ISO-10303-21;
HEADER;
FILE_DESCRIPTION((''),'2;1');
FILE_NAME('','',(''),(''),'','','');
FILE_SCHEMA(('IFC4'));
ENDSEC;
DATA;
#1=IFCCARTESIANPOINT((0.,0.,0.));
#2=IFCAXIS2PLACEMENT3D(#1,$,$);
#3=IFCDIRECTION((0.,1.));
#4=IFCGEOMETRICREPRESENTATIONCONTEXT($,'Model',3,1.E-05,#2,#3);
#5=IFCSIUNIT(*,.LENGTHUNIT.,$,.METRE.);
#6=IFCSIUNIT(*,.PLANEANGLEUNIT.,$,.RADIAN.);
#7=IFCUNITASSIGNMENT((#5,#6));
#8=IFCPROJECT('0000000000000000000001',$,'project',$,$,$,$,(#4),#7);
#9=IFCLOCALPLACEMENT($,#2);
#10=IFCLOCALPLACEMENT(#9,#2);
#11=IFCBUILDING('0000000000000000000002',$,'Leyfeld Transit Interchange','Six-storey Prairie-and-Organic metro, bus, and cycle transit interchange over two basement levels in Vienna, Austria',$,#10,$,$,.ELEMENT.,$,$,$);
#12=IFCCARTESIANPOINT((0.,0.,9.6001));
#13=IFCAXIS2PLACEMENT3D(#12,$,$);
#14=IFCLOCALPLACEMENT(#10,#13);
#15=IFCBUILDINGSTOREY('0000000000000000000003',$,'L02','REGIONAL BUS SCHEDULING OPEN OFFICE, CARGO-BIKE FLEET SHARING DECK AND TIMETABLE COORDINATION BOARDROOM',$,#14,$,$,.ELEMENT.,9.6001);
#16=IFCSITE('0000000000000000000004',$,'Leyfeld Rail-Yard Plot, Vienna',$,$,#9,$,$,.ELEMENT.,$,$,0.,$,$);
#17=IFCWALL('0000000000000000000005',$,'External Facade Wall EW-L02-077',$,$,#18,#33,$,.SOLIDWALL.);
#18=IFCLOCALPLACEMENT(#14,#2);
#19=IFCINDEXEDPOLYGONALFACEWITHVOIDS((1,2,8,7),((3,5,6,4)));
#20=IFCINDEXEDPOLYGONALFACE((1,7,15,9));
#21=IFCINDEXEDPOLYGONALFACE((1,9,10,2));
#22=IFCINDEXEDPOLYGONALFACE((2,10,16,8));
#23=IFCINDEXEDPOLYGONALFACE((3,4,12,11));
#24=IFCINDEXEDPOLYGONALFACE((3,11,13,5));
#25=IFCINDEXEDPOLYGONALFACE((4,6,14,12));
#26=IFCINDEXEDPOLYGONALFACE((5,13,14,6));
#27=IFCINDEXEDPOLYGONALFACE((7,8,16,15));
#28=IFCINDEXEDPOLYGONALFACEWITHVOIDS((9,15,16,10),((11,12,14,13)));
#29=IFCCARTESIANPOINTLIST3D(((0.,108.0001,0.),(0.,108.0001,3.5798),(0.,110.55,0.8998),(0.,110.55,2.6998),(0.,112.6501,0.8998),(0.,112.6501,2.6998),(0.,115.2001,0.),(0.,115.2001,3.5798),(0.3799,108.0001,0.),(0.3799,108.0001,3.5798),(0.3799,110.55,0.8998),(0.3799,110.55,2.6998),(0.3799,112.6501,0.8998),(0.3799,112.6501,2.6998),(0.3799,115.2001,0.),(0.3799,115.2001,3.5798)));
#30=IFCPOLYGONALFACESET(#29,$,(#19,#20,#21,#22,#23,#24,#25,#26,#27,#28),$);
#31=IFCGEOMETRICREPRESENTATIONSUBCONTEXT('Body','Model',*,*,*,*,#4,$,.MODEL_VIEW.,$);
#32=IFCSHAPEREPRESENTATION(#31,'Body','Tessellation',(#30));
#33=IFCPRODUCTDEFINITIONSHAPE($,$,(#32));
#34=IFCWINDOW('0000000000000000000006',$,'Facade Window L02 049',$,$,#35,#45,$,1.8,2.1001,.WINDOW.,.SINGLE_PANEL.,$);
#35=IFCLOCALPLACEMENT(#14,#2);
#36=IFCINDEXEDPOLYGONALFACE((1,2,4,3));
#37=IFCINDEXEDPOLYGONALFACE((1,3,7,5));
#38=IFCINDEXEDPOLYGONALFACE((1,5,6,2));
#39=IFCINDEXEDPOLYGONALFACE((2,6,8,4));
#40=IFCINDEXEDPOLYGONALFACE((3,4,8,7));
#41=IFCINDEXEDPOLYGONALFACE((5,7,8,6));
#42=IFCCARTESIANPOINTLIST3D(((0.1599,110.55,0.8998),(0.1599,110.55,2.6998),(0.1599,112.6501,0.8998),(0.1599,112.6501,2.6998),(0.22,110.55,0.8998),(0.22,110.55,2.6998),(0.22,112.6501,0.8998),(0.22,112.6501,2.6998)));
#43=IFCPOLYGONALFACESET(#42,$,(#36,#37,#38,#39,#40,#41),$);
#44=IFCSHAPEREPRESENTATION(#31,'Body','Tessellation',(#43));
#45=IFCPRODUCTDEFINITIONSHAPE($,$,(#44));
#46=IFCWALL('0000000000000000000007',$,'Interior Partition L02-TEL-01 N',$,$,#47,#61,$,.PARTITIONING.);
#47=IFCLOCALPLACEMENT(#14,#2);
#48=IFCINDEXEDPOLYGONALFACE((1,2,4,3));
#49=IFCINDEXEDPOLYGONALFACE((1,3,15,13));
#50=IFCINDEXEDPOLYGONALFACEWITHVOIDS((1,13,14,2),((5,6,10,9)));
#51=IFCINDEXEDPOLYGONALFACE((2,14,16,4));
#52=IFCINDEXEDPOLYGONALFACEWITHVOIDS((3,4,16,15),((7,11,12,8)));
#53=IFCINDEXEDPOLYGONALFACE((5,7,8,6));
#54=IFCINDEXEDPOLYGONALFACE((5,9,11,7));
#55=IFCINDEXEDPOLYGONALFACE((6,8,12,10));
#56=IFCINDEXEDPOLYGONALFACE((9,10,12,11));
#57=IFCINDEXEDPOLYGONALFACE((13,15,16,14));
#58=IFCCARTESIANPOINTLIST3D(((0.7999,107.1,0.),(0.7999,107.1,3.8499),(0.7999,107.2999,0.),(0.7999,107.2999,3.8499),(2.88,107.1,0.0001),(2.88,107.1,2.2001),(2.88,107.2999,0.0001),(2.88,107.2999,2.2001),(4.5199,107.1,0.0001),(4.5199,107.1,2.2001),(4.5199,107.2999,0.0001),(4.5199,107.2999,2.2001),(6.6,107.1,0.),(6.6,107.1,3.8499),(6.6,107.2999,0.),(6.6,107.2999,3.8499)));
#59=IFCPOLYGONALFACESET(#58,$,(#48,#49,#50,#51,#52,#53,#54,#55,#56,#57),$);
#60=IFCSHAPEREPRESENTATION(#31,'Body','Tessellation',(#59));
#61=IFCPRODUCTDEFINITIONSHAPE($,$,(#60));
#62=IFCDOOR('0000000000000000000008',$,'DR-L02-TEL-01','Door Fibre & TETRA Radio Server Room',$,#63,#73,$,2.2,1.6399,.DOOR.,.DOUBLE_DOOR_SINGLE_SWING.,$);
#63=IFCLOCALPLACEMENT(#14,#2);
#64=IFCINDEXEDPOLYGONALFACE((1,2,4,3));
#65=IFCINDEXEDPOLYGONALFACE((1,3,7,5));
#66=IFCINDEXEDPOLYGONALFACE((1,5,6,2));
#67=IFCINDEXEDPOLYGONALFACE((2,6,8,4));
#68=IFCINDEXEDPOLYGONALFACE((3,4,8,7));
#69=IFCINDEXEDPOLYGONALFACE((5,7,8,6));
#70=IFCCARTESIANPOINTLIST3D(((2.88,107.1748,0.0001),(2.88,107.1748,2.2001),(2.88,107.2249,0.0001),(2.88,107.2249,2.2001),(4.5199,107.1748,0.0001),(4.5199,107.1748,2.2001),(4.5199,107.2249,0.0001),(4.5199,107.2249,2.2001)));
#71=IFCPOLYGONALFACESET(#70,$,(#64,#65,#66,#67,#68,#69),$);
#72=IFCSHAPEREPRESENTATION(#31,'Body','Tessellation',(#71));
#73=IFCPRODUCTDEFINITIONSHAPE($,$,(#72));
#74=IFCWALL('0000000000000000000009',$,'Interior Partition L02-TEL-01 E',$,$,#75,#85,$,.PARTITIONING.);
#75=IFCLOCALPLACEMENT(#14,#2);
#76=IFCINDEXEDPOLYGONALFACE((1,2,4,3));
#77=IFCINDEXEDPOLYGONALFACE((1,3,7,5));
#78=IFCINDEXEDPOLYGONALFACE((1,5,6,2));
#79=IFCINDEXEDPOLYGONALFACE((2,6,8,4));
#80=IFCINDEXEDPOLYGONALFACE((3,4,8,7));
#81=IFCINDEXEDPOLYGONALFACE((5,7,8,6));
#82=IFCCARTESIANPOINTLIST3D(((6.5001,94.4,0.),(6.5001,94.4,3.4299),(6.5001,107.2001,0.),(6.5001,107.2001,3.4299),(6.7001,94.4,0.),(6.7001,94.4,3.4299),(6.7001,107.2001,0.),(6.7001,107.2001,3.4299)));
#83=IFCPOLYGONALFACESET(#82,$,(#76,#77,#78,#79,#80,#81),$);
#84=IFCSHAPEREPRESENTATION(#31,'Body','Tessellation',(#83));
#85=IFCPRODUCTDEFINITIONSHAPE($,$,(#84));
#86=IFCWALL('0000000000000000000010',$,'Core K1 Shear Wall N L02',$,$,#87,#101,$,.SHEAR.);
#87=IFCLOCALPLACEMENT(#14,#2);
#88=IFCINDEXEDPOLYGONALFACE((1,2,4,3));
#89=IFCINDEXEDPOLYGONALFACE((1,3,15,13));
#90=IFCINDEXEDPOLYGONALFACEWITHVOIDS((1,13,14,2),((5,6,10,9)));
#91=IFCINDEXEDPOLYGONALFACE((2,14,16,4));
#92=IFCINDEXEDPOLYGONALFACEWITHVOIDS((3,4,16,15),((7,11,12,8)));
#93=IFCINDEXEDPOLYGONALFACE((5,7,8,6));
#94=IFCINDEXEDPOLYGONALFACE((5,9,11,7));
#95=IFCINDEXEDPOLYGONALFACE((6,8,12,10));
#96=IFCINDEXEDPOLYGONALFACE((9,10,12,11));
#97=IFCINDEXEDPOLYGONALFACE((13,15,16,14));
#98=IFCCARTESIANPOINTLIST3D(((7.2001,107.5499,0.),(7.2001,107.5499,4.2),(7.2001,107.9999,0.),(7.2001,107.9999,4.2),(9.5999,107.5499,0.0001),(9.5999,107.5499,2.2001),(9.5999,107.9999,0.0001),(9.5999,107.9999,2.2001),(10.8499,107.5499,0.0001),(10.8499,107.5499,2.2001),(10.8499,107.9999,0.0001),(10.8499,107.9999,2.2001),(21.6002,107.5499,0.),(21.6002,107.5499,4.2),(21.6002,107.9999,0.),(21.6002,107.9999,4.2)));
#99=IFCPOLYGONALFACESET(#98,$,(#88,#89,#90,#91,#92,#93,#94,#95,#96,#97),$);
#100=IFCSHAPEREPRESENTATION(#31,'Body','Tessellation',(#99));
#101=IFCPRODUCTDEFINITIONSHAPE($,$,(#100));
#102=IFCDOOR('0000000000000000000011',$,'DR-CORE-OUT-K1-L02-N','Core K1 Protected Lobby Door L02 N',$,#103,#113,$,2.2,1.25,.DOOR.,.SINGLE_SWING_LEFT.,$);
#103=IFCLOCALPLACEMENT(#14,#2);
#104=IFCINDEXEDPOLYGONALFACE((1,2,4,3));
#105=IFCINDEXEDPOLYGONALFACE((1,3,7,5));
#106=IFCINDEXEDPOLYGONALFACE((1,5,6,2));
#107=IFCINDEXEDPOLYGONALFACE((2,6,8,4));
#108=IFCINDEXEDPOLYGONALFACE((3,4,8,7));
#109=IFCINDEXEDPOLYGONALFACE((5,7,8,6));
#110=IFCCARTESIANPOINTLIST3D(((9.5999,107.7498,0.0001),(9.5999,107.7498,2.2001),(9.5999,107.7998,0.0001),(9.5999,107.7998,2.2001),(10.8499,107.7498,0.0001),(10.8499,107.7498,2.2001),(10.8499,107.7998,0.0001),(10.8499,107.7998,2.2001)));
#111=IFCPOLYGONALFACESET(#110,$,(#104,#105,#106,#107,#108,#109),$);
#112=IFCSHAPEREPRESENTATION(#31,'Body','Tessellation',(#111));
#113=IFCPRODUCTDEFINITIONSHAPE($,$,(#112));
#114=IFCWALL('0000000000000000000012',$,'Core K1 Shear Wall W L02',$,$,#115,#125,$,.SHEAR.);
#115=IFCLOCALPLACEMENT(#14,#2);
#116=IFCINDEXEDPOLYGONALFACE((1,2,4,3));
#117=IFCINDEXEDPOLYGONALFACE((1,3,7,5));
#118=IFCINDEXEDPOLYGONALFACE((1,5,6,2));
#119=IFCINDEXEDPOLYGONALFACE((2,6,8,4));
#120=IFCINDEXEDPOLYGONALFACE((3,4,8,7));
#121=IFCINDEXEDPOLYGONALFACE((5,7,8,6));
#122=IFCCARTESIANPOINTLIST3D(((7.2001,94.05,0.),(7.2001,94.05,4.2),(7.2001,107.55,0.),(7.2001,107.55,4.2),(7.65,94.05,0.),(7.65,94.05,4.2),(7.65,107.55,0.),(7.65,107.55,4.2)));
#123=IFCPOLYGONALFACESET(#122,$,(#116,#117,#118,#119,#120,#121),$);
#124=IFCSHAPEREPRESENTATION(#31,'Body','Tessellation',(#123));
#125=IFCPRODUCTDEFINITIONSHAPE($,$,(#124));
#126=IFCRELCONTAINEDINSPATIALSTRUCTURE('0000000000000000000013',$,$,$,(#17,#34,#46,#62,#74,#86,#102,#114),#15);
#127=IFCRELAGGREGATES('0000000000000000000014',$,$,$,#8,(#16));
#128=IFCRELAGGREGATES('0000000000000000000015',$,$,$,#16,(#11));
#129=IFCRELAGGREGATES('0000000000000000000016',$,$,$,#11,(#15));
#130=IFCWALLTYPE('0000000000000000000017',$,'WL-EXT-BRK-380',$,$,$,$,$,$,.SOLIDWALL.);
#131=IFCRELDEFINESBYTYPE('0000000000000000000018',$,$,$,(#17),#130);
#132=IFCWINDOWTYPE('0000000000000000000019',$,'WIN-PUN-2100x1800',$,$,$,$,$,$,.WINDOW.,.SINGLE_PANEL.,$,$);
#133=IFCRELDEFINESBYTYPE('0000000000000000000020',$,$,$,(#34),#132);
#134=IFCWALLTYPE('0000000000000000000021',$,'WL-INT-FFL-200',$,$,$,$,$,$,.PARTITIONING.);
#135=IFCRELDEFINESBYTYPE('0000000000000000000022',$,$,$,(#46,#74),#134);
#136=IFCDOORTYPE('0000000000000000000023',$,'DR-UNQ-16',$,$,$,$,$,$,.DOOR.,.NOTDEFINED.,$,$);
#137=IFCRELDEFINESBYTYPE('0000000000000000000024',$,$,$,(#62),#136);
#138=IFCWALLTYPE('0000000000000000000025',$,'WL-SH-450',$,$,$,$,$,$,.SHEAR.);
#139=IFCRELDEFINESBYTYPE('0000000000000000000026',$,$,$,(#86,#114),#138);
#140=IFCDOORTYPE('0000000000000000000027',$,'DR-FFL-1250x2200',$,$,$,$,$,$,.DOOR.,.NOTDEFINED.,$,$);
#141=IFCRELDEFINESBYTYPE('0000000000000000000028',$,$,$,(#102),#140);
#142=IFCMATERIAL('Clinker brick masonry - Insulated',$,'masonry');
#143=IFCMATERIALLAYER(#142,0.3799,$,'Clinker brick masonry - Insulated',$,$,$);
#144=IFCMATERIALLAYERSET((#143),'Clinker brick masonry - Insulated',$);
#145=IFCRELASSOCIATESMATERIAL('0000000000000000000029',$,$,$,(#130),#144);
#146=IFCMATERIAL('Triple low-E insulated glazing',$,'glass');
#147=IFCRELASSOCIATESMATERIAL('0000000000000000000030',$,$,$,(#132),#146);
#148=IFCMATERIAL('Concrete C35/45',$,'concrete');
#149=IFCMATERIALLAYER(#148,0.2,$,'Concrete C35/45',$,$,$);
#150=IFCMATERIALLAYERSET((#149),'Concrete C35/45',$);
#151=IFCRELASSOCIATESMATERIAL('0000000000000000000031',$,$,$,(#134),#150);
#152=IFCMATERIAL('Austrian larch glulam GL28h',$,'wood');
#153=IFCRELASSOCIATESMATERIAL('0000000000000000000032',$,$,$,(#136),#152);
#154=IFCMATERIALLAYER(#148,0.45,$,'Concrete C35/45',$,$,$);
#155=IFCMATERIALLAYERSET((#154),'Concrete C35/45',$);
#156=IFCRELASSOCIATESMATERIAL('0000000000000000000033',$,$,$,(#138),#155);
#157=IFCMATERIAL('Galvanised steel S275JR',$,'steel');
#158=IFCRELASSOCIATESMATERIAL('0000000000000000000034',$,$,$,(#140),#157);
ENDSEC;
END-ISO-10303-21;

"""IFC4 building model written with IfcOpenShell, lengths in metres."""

from ifc_helpers import new_model, si_unit, direction, frame, frame_2d, origin, place, context, subcontext, project, spatial, rectangle, extrude, material, layer, layer_set, type_object, element, fill, save


model = new_model("IFC4")

# Units and contexts
model_context = context("Model", 3, precision=1e-05, world=origin(), true_north=direction((0.0, 1.0)))
body_context = subcontext(model_context, "Body", "Model", "MODEL_VIEW")
ifc_project = project(units=[si_unit("LENGTHUNIT", "METRE"), si_unit("PLANEANGLEUNIT", "RADIAN")], contexts=[model_context])

# Site, building, storey
site_placement = place(None, origin())
site = spatial("IfcSite", under=ifc_project, at=site_placement, Name="Leyfeld Rail-Yard Plot, Vienna", CompositionType="ELEMENT", RefElevation=0.0)
building_placement = place(site_placement, origin())
building = spatial("IfcBuilding", under=site, at=building_placement, Name="Leyfeld Transit Interchange", Description="Six-storey Prairie-and-Organic metro, bus, and cycle transit interchange over two basement levels in Vienna, Austria", CompositionType="ELEMENT")
storey_placement = place(building_placement, frame((0.0, 0.0, 9.6001)))
storey = spatial("IfcBuildingStorey", under=building, at=storey_placement, Name="L02", Description="REGIONAL BUS SCHEDULING OPEN OFFICE, CARGO-BIKE FLEET SHARING DECK AND TIMETABLE COORDINATION BOARDROOM", CompositionType="ELEMENT", Elevation=9.6001)

# Shared definitions
ifc_material_1 = material(Name="Concrete C35/45", Category="concrete")

# Wall, opening, window
ifc_material_2 = material(Name="Clinker brick masonry - Insulated", Category="masonry")
ifc_layer_1 = layer(ifc_material_2, 0.3799, Name="Clinker brick masonry - Insulated")
ifc_layer_set_1 = layer_set([ifc_layer_1], Name="Clinker brick masonry - Insulated")
wall_type_1 = type_object("IfcWallType", Name="WL-EXT-BRK-380", PredefinedType="SOLIDWALL", material=ifc_layer_set_1)
ifc_material_3 = material(Name="Triple low-E insulated glazing", Category="glass")
wall_1_placement = place(storey_placement, frame((0.1899, 108.0, 0.0), z_axis=(0.0, 0.0, 1.0), x_axis=(0.0, 1.0, 0.0)))
wall_1 = element("IfcWall", 1, at=wall_1_placement, inside=storey, type_object=wall_type_1, Name="External Facade Wall EW-L02-077", PredefinedType="SOLIDWALL", context=body_context, shape_type="SweptSolid", body=[
    extrude(rectangle(XDim=7.2, YDim=0.3799, at=frame_2d((3.6001, 0.0))), origin(), (0.0, 0.0, 1.0), 3.5798),
])
opening_1_placement = place(wall_1_placement, frame((2.55, 0.0, 0.8999)))
opening_1 = element("IfcOpeningElement", 2, at=opening_1_placement, cuts=wall_1, PredefinedType="OPENING", context=body_context, shape_type="SweptSolid", body=[
    extrude(rectangle(XDim=2.1001, YDim=1.8, at=frame_2d((1.05, 0.8999))), frame((0.0, 0.2, 0.0), z_axis=(0.0, -1.0, 0.0), x_axis=(1.0, 0.0, 0.0)), (0.0, 0.0, 1.0), 0.3999),
])
window_type_1 = type_object("IfcWindowType", Name="WIN-PUN-2100x1800", PartitioningType="SINGLE_PANEL", PredefinedType="WINDOW", material=ifc_material_3)
window_1_placement = place(opening_1_placement, origin())
window_1 = element("IfcWindow", 3, at=window_1_placement, inside=storey, type_object=window_type_1, Name="Facade Window L02 049", OverallHeight=1.8, OverallWidth=2.1001, PartitioningType="SINGLE_PANEL", PredefinedType="WINDOW", context=body_context, shape_type="SweptSolid", body=[
    extrude(rectangle(XDim=2.1001, YDim=1.8, at=frame_2d((1.05, 0.8999))), frame((0.0, 0.03, 0.0), z_axis=(0.0, -1.0, 0.0), x_axis=(1.0, 0.0, 0.0)), (0.0, 0.0, 1.0), 0.0601),
])
fill(opening_1, window_1)

# Wall, opening, door
ifc_layer_2 = layer(ifc_material_1, 0.2, Name="Concrete C35/45")
ifc_layer_set_2 = layer_set([ifc_layer_2], Name="Concrete C35/45")
wall_type_2 = type_object("IfcWallType", Name="WL-INT-FFL-200", PredefinedType="PARTITIONING", material=ifc_layer_set_2)
wall_2_placement = place(storey_placement, frame((0.8, 107.2, 0.0), z_axis=(0.0, 0.0, 1.0), x_axis=(1.0, 0.0, 0.0)))
wall_2 = element("IfcWall", 4, at=wall_2_placement, inside=storey, type_object=wall_type_2, Name="Interior Partition L02-TEL-01 N", PredefinedType="PARTITIONING", context=body_context, shape_type="SweptSolid", body=[
    extrude(rectangle(XDim=5.8, YDim=0.2, at=frame_2d((2.8999, 0.0))), origin(), (0.0, 0.0, 1.0), 3.8499),
])
opening_2_placement = place(wall_2_placement, frame((2.0801, 0.0, 0.0)))
opening_2 = element("IfcOpeningElement", 5, at=opening_2_placement, cuts=wall_2, PredefinedType="OPENING", context=body_context, shape_type="SweptSolid", body=[
    extrude(rectangle(XDim=1.6399, YDim=2.2, at=frame_2d((0.8198, 1.1001))), frame((0.0, 0.1099, 0.0), z_axis=(0.0, -1.0, 0.0), x_axis=(1.0, 0.0, 0.0)), (0.0, 0.0, 1.0), 0.22),
])
ifc_material_4 = material(Name="Austrian larch glulam GL28h", Category="wood")
door_type_1 = type_object("IfcDoorType", Name="DR-UNQ-16", OperationType="NOTDEFINED", PredefinedType="DOOR", material=ifc_material_4)
door_1_placement = place(opening_2_placement, origin())
door_1 = element("IfcDoor", 6, at=door_1_placement, inside=storey, type_object=door_type_1, Name="DR-L02-TEL-01", Description="Door Fibre & TETRA Radio Server Room", OperationType="DOUBLE_DOOR_SINGLE_SWING", OverallHeight=2.2, OverallWidth=1.6399, PredefinedType="DOOR", context=body_context, shape_type="SweptSolid", body=[
    extrude(rectangle(XDim=1.6399, YDim=2.2, at=frame_2d((0.8198, 1.1001))), frame((0.0, 0.0249, 0.0), z_axis=(0.0, -1.0, 0.0), x_axis=(1.0, 0.0, 0.0)), (0.0, 0.0, 1.0), 0.05),
])
fill(opening_2, door_1)

# Wall
wall_3_placement = place(storey_placement, frame((6.6001, 107.2, 0.0), z_axis=(0.0, 0.0, 1.0), x_axis=(0.0, -1.0, 0.0)))
element("IfcWall", 7, at=wall_3_placement, inside=storey, type_object=wall_type_2, Name="Interior Partition L02-TEL-01 E", PredefinedType="PARTITIONING", context=body_context, shape_type="SweptSolid", body=[
    extrude(rectangle(XDim=12.8, YDim=0.2, at=frame_2d((6.3999, 0.0))), origin(), (0.0, 0.0, 1.0), 3.4299),
])

# Wall, opening, door
ifc_layer_3 = layer(ifc_material_1, 0.45, Name="Concrete C35/45")
ifc_layer_set_3 = layer_set([ifc_layer_3], Name="Concrete C35/45")
wall_type_3 = type_object("IfcWallType", Name="WL-SH-450", PredefinedType="SHEAR", material=ifc_layer_set_3)
wall_4_placement = place(storey_placement, frame((7.2, 107.7749, 0.0), z_axis=(0.0, 0.0, 1.0), x_axis=(1.0, 0.0, 0.0)))
wall_4 = element("IfcWall", 8, at=wall_4_placement, inside=storey, type_object=wall_type_3, Name="Core K1 Shear Wall N L02", PredefinedType="SHEAR", context=body_context, shape_type="SweptSolid", body=[
    extrude(rectangle(XDim=14.4001, YDim=0.45, at=frame_2d((7.2002, 0.0))), origin(), (0.0, 0.0, 1.0), 4.2),
])
opening_3_placement = place(wall_4_placement, frame((2.3999, 0.0, 0.0)))
opening_3 = element("IfcOpeningElement", 9, at=opening_3_placement, cuts=wall_4, PredefinedType="OPENING", context=body_context, shape_type="SweptSolid", body=[
    extrude(rectangle(XDim=1.25, YDim=2.2, at=frame_2d((0.625, 1.1001))), frame((0.0, 0.2349, 0.0), z_axis=(0.0, -1.0, 0.0), x_axis=(1.0, 0.0, 0.0)), (0.0, 0.0, 1.0), 0.47),
])
ifc_material_5 = material(Name="Galvanised steel S275JR", Category="steel")
door_type_2 = type_object("IfcDoorType", Name="DR-FFL-1250x2200", OperationType="NOTDEFINED", PredefinedType="DOOR", material=ifc_material_5)
door_2_placement = place(opening_3_placement, origin())
door_2 = element("IfcDoor", 10, at=door_2_placement, inside=storey, type_object=door_type_2, Name="DR-CORE-OUT-K1-L02-N", Description="Core K1 Protected Lobby Door L02 N", OperationType="SINGLE_SWING_LEFT", OverallHeight=2.2, OverallWidth=1.25, PredefinedType="DOOR", context=body_context, shape_type="SweptSolid", body=[
    extrude(rectangle(XDim=1.25, YDim=2.2, at=frame_2d((0.625, 1.1001))), frame((0.0, 0.0249, 0.0), z_axis=(0.0, -1.0, 0.0), x_axis=(1.0, 0.0, 0.0)), (0.0, 0.0, 1.0), 0.05),
])
fill(opening_3, door_2)

# Wall
wall_5_placement = place(storey_placement, frame((7.425, 94.05, 0.0), z_axis=(0.0, 0.0, 1.0), x_axis=(0.0, 1.0, 0.0)))
element("IfcWall", 11, at=wall_5_placement, inside=storey, type_object=wall_type_3, Name="Core K1 Shear Wall W L02", PredefinedType="SHEAR", context=body_context, shape_type="SweptSolid", body=[
    extrude(rectangle(XDim=13.5, YDim=0.45, at=frame_2d((6.75, 0.0))), origin(), (0.0, 0.0, 1.0), 4.2),
])

save(model, "model.ifc")
